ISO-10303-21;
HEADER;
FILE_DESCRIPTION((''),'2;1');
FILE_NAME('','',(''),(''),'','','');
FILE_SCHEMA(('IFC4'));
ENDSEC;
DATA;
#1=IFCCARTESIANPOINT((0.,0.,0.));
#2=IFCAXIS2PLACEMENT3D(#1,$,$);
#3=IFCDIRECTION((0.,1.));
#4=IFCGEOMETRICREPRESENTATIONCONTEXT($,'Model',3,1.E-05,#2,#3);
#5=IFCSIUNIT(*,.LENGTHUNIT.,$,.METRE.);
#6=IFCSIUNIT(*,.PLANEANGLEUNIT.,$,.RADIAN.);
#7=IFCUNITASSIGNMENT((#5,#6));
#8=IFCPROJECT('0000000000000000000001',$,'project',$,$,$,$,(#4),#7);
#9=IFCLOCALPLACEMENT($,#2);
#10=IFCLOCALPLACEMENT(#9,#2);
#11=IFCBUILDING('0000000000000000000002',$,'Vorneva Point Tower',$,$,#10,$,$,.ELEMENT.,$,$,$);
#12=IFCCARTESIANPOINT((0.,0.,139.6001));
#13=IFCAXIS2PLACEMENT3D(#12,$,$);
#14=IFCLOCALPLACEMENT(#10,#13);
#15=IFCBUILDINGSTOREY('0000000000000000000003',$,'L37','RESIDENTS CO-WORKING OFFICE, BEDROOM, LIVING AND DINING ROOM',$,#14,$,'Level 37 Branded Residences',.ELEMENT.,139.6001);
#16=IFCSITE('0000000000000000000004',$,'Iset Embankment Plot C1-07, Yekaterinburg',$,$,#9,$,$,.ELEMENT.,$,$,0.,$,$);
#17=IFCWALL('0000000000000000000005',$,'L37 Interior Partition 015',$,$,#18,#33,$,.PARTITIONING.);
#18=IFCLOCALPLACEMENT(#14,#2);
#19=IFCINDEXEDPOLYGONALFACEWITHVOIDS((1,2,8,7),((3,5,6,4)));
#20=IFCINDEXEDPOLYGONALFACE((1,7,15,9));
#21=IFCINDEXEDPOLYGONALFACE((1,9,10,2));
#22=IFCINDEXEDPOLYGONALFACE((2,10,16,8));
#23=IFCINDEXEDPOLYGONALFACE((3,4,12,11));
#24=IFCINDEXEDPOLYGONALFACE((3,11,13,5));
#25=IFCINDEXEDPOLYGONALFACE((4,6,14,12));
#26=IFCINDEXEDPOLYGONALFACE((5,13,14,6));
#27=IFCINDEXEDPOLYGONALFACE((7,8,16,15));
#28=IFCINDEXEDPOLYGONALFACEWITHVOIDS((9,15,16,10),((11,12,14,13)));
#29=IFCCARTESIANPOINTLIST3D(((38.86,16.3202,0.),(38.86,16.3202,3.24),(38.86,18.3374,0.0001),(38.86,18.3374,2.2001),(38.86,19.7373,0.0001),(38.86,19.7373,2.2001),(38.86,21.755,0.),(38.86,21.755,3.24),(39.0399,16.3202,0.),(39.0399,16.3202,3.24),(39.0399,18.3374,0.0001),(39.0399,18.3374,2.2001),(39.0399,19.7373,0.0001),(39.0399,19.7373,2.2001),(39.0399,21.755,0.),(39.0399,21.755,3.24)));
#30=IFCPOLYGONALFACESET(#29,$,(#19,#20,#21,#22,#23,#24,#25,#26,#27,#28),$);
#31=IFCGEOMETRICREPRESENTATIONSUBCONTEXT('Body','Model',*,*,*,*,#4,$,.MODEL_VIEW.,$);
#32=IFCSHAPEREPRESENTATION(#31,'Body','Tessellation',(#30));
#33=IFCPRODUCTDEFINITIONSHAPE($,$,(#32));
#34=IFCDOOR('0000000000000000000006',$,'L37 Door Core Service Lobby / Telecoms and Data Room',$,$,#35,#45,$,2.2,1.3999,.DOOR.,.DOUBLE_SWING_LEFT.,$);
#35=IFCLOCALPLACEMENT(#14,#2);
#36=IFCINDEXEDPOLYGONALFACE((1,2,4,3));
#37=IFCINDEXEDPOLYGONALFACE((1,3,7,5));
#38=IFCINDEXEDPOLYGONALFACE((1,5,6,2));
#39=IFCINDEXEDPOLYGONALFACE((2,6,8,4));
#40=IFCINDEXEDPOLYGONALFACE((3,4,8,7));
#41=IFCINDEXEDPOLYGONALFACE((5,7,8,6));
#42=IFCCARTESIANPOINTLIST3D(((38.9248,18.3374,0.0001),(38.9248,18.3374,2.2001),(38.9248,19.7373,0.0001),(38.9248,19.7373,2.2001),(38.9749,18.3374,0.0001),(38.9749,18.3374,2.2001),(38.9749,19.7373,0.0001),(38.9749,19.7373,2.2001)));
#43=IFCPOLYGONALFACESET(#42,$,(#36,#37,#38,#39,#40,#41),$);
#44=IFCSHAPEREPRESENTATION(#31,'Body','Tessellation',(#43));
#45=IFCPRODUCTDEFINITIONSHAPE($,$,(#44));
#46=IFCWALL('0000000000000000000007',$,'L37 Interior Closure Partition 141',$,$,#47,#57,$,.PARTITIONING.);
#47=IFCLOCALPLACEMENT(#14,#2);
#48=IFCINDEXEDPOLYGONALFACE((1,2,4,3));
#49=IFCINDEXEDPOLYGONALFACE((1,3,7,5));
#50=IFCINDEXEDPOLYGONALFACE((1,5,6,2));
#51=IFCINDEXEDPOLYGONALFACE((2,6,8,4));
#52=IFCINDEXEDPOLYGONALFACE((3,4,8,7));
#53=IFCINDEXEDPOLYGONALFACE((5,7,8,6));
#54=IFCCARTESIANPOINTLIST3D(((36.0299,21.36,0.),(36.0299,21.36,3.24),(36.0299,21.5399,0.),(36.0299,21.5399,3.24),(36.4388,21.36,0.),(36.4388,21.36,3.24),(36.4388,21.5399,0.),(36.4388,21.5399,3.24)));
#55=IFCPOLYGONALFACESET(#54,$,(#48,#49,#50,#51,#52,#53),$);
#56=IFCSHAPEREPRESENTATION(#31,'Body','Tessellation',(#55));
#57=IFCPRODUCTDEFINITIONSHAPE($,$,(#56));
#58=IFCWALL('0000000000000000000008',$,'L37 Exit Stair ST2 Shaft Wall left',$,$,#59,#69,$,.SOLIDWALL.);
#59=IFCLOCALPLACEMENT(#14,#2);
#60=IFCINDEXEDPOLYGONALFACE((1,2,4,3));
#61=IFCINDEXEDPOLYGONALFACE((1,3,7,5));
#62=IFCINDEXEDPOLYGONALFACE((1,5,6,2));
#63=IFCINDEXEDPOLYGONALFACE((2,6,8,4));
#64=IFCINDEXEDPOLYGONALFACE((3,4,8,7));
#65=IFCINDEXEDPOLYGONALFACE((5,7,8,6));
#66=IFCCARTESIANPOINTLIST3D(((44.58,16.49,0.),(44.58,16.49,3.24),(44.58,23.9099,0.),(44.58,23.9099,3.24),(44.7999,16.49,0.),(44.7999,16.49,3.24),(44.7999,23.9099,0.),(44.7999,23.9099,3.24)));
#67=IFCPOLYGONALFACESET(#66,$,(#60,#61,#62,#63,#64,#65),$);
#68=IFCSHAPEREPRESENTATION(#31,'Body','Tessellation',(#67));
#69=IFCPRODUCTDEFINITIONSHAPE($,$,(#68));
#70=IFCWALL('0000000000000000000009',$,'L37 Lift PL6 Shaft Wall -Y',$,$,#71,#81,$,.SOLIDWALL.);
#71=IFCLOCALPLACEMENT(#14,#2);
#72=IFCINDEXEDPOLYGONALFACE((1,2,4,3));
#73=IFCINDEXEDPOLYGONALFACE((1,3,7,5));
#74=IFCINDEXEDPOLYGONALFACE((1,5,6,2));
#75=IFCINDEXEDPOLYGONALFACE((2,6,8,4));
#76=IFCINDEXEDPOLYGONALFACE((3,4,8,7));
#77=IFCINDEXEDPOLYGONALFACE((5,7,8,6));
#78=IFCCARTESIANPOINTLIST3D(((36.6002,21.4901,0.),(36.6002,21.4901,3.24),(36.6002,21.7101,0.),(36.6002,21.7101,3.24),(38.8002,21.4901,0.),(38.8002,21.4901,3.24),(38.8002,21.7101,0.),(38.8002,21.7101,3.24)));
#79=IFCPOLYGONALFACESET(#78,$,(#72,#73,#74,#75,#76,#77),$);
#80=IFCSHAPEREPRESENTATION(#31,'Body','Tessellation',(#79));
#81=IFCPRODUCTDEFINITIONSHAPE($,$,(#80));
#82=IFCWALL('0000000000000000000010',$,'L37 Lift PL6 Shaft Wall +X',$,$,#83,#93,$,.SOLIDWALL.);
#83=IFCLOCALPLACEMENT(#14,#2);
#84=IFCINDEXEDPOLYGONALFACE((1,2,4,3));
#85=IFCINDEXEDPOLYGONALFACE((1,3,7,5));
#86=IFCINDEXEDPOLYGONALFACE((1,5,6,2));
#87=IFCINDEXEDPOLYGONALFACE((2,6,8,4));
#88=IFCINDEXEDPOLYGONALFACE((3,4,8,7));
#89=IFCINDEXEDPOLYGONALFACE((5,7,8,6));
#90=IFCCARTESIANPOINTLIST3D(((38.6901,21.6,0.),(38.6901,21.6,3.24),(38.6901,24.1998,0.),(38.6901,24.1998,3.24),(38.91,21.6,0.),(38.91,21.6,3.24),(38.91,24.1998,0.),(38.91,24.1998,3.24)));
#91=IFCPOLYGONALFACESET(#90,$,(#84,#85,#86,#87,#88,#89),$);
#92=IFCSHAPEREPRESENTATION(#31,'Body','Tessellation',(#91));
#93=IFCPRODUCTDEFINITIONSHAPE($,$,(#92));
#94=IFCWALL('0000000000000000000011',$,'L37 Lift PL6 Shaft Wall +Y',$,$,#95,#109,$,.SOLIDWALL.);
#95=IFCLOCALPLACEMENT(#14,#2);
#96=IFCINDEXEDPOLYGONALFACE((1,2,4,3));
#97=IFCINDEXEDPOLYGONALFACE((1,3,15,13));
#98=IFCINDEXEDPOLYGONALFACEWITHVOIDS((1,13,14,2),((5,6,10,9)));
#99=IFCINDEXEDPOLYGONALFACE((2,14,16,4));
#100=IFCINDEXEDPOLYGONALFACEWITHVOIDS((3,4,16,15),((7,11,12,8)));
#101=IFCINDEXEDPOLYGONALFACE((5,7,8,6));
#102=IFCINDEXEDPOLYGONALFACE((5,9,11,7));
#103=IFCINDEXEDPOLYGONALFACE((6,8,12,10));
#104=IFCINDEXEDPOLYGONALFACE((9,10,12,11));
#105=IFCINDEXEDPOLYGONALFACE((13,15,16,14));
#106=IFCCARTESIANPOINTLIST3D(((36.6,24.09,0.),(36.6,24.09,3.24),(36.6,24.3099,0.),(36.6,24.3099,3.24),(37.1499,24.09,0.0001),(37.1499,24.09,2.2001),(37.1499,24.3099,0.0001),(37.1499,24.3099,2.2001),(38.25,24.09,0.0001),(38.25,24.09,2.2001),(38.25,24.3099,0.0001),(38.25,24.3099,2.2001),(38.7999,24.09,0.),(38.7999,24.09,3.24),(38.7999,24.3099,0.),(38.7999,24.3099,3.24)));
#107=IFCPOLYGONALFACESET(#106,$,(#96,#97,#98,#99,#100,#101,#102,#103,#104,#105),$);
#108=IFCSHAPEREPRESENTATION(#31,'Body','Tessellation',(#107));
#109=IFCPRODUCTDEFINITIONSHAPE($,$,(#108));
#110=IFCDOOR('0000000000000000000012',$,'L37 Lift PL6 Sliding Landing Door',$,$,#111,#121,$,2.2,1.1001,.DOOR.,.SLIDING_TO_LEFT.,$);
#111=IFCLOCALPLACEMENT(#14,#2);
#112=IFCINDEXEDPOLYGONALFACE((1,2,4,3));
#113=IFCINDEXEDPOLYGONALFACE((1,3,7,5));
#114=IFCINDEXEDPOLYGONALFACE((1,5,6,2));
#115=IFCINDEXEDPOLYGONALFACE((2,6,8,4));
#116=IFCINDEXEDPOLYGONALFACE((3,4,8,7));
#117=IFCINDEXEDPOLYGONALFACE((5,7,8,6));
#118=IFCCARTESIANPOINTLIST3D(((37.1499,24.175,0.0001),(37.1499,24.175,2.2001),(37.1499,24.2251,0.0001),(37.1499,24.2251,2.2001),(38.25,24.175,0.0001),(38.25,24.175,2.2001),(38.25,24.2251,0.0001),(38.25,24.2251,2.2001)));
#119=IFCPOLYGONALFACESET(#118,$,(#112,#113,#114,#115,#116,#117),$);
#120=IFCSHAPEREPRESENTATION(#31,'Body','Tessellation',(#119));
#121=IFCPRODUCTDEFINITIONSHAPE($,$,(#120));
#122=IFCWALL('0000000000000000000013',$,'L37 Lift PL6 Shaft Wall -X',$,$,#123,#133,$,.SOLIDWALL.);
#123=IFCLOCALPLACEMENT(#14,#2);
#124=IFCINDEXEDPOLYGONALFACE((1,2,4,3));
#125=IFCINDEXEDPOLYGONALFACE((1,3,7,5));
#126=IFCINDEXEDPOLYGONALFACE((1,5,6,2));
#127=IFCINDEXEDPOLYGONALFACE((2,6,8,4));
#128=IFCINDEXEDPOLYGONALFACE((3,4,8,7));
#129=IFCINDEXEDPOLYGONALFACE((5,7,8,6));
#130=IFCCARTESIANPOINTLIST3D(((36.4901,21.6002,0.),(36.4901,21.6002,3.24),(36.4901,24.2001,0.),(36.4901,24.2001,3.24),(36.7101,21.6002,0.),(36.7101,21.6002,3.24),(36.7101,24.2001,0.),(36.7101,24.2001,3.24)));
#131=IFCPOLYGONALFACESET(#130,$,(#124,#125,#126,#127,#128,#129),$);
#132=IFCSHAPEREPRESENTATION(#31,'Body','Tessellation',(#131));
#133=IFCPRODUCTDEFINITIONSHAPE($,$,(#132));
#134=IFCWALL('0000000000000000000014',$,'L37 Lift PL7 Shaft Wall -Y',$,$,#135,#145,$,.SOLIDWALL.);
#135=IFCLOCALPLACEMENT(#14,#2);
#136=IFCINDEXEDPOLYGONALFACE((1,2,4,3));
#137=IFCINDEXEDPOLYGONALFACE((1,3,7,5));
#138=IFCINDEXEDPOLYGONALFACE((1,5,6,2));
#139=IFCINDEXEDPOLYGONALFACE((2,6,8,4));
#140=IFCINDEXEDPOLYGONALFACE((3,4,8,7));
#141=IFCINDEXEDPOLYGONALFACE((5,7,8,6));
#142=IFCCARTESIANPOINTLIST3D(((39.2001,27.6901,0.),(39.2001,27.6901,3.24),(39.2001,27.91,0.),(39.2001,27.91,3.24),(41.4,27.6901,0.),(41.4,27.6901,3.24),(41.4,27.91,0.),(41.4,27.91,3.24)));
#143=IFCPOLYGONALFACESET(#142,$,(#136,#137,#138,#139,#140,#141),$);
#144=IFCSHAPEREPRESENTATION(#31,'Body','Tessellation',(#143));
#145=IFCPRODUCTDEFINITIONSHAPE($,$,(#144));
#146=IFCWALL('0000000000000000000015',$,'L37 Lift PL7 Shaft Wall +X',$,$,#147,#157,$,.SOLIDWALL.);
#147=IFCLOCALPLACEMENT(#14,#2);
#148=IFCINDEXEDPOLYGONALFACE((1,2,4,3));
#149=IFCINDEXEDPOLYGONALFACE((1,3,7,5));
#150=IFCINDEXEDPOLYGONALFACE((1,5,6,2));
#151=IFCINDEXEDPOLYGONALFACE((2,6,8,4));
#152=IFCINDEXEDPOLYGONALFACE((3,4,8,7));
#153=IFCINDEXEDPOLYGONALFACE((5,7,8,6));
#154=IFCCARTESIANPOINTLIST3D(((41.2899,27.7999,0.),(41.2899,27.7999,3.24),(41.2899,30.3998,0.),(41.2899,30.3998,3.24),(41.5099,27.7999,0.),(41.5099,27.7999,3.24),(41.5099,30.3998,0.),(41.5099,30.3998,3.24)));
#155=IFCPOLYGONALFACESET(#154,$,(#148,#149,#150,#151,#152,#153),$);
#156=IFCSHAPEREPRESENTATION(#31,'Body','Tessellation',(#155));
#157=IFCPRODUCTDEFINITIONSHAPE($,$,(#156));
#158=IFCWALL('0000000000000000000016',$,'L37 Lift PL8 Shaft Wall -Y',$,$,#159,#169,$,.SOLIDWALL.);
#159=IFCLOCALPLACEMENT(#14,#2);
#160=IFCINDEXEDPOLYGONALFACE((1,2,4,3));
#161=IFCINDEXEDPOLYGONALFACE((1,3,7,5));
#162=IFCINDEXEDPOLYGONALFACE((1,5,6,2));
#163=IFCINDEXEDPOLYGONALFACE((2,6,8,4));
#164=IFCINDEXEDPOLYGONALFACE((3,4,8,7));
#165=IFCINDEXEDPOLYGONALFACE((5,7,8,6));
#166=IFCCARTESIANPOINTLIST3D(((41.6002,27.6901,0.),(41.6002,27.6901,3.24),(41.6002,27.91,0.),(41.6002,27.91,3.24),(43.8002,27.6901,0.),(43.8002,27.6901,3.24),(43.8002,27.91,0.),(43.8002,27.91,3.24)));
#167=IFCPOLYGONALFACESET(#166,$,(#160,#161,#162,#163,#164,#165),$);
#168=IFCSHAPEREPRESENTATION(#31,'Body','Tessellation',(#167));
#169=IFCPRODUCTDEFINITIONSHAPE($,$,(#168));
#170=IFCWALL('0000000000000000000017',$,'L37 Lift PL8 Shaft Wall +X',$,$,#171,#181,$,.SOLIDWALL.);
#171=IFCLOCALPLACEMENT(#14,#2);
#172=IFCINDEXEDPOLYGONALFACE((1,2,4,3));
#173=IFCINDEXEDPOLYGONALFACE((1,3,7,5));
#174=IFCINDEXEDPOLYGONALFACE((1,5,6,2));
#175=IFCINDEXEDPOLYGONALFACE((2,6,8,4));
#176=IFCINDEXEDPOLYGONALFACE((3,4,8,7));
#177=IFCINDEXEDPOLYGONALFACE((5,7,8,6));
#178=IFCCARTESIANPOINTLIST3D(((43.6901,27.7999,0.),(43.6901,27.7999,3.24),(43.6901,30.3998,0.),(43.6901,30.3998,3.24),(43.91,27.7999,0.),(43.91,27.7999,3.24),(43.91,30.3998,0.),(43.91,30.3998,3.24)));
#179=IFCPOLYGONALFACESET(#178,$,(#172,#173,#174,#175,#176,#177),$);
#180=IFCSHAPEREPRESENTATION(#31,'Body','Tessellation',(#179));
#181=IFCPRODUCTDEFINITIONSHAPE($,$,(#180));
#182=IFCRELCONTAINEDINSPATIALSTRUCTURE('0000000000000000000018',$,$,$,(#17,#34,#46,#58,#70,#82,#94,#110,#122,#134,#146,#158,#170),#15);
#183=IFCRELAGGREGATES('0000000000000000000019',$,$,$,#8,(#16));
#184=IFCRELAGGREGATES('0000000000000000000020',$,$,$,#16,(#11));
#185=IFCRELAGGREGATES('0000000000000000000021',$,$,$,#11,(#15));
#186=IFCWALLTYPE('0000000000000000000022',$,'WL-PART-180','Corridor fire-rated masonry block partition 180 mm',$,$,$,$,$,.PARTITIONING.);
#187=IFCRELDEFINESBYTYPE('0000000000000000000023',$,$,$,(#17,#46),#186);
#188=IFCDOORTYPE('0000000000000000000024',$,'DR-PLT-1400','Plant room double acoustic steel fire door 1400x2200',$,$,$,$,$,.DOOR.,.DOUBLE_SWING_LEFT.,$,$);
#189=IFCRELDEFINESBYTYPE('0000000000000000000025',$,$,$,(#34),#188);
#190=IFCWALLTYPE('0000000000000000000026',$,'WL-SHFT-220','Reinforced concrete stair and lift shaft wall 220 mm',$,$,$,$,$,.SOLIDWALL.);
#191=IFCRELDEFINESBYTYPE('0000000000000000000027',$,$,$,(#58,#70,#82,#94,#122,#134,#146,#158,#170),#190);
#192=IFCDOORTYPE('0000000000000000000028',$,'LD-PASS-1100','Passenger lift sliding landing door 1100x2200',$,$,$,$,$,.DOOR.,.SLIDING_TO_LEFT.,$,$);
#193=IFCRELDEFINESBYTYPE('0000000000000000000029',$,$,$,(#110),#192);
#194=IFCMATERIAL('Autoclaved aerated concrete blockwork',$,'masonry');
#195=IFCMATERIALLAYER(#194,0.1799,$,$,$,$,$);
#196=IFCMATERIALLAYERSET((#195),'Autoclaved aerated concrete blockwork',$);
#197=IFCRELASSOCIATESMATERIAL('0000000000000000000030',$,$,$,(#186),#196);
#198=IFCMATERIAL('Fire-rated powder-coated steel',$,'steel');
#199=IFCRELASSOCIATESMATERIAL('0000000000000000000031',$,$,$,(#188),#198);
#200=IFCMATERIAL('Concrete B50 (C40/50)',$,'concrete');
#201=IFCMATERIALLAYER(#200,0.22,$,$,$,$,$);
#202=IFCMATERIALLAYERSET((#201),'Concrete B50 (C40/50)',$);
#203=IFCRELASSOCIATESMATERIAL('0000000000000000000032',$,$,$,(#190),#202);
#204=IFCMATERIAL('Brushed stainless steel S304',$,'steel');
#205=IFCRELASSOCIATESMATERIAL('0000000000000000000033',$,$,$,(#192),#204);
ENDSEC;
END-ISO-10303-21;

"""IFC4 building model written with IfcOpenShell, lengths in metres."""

from ifc_helpers import new_model, si_unit, direction, frame, frame_2d, origin, place, context, subcontext, project, spatial, rectangle, extrude, material, layer, layer_set, type_object, element, fill, save


model = new_model("IFC4")

# Units and contexts
model_context = context("Model", 3, precision=1e-05, world=origin(), true_north=direction((0.0, 1.0)))
body_context = subcontext(model_context, "Body", "Model", "MODEL_VIEW")
ifc_project = project(units=[si_unit("LENGTHUNIT", "METRE"), si_unit("PLANEANGLEUNIT", "RADIAN")], contexts=[model_context])

# Site, building, storey
site_placement = place(None, origin())
site = spatial("IfcSite", under=ifc_project, at=site_placement, Name="Iset Embankment Plot C1-07, Yekaterinburg", CompositionType="ELEMENT", RefElevation=0.0)
building_placement = place(site_placement, origin())
building = spatial("IfcBuilding", under=site, at=building_placement, Name="Vorneva Point Tower", CompositionType="ELEMENT")
storey_placement = place(building_placement, frame((0.0, 0.0, 139.6001)))
storey = spatial("IfcBuildingStorey", under=building, at=storey_placement, Name="L37", Description="RESIDENTS CO-WORKING OFFICE, BEDROOM, LIVING AND DINING ROOM", LongName="Level 37 Branded Residences", CompositionType="ELEMENT", Elevation=139.6001)

# Shared definitions
ifc_material_1 = material(Name="Autoclaved aerated concrete blockwork", Category="masonry")
ifc_layer_1 = layer(ifc_material_1, 0.1799)
ifc_layer_set_1 = layer_set([ifc_layer_1], Name="Autoclaved aerated concrete blockwork")
wall_type_1 = type_object("IfcWallType", Name="WL-PART-180", Description="Corridor fire-rated masonry block partition 180 mm", PredefinedType="PARTITIONING", material=ifc_layer_set_1)

# Wall, opening, door
ifc_material_2 = material(Name="Fire-rated powder-coated steel", Category="steel")
wall_1_placement = place(storey_placement, frame((38.95, 21.7549, 0.0), z_axis=(0.0, 0.0, 1.0), x_axis=(0.0, -1.0, 0.0)))
wall_1 = element("IfcWall", 1, at=wall_1_placement, inside=storey, type_object=wall_type_1, Name="L37 Interior Partition 015", PredefinedType="PARTITIONING", context=body_context, shape_type="SweptSolid", body=[
    extrude(rectangle(XDim=5.4348, YDim=0.1799, at=frame_2d((2.7173, 0.0))), origin(), (0.0, 0.0, 1.0), 3.24),
])
opening_1_placement = place(wall_1_placement, frame((2.0176, 0.0, 0.0)))
opening_1 = element("IfcOpeningElement", 2, at=opening_1_placement, cuts=wall_1, PredefinedType="OPENING", context=body_context, shape_type="SweptSolid", body=[
    extrude(rectangle(XDim=1.3999, YDim=2.2, at=frame_2d((0.7, 1.1001))), frame((0.0, 0.105, 0.0), z_axis=(0.0, -1.0, 0.0), x_axis=(1.0, 0.0, 0.0)), (0.0, 0.0, 1.0), 0.2097),
])
door_type_1 = type_object("IfcDoorType", Name="DR-PLT-1400", Description="Plant room double acoustic steel fire door 1400x2200", OperationType="DOUBLE_SWING_LEFT", PredefinedType="DOOR", material=ifc_material_2)
door_1_placement = place(opening_1_placement, origin())
door_1 = element("IfcDoor", 3, at=door_1_placement, inside=storey, type_object=door_type_1, Name="L37 Door Core Service Lobby / Telecoms and Data Room", OperationType="DOUBLE_SWING_LEFT", OverallHeight=2.2, OverallWidth=1.3999, PredefinedType="DOOR", context=body_context, shape_type="SweptSolid", body=[
    extrude(rectangle(XDim=1.3999, YDim=2.2, at=frame_2d((0.7, 1.1001))), frame((0.0, 0.0249, 0.0), z_axis=(0.0, -1.0, 0.0), x_axis=(1.0, 0.0, 0.0)), (0.0, 0.0, 1.0), 0.05),
])
fill(opening_1, door_1)

# Wall
wall_2_placement = place(storey_placement, frame((36.439, 21.45, 0.0), z_axis=(0.0, 0.0, 1.0), x_axis=(-1.0, 0.0, 0.0)))
element("IfcWall", 4, at=wall_2_placement, inside=storey, type_object=wall_type_1, Name="L37 Interior Closure Partition 141", PredefinedType="PARTITIONING", context=body_context, shape_type="SweptSolid", body=[
    extrude(rectangle(XDim=0.4089, YDim=0.1799, at=frame_2d((0.2046, 0.0))), origin(), (0.0, 0.0, 1.0), 3.24),
])

# Shared definitions
ifc_material_3 = material(Name="Concrete B50 (C40/50)", Category="concrete")
ifc_layer_2 = layer(ifc_material_3, 0.22)
ifc_layer_set_2 = layer_set([ifc_layer_2], Name="Concrete B50 (C40/50)")
wall_type_2 = type_object("IfcWallType", Name="WL-SHFT-220", Description="Reinforced concrete stair and lift shaft wall 220 mm", PredefinedType="SOLIDWALL", material=ifc_layer_set_2)

# Walls
wall_3_placement = place(storey_placement, frame((44.6899, 16.49, 0.0), z_axis=(0.0, 0.0, 1.0), x_axis=(0.0, 1.0, 0.0)))
element("IfcWall", 5, at=wall_3_placement, inside=storey, type_object=wall_type_2, Name="L37 Exit Stair ST2 Shaft Wall left", PredefinedType="SOLIDWALL", context=body_context, shape_type="SweptSolid", body=[
    extrude(rectangle(XDim=7.4199, YDim=0.22, at=frame_2d((3.71, 0.0))), origin(), (0.0, 0.0, 1.0), 3.24),
])
wall_4_placement = place(storey_placement, frame((36.6001, 21.6001, 0.0), z_axis=(0.0, 0.0, 1.0), x_axis=(1.0, 0.0, 0.0)))
element("IfcWall", 6, at=wall_4_placement, inside=storey, type_object=wall_type_2, Name="L37 Lift PL6 Shaft Wall -Y", PredefinedType="SOLIDWALL", context=body_context, shape_type="SweptSolid", body=[
    extrude(rectangle(XDim=2.2, YDim=0.22, at=frame_2d((1.1001, 0.0))), origin(), (0.0, 0.0, 1.0), 3.24),
])
wall_5_placement = place(storey_placement, frame((38.8, 21.6001, 0.0), z_axis=(0.0, 0.0, 1.0), x_axis=(0.0, 1.0, 0.0)))
element("IfcWall", 7, at=wall_5_placement, inside=storey, type_object=wall_type_2, Name="L37 Lift PL6 Shaft Wall +X", PredefinedType="SOLIDWALL", context=body_context, shape_type="SweptSolid", body=[
    extrude(rectangle(XDim=2.5999, YDim=0.22, at=frame_2d((1.2998, 0.0))), origin(), (0.0, 0.0, 1.0), 3.24),
])

# Wall, opening, door
wall_6_placement = place(storey_placement, frame((38.8, 24.2, 0.0), z_axis=(0.0, 0.0, 1.0), x_axis=(-1.0, 0.0, 0.0)))
wall_6 = element("IfcWall", 8, at=wall_6_placement, inside=storey, type_object=wall_type_2, Name="L37 Lift PL6 Shaft Wall +Y", PredefinedType="SOLIDWALL", context=body_context, shape_type="SweptSolid", body=[
    extrude(rectangle(XDim=2.2, YDim=0.22, at=frame_2d((1.1001, 0.0))), origin(), (0.0, 0.0, 1.0), 3.24),
])
opening_2_placement = place(wall_6_placement, frame((0.55, 0.0, 0.0)))
opening_2 = element("IfcOpeningElement", 9, at=opening_2_placement, cuts=wall_6, PredefinedType="OPENING", context=body_context, shape_type="SweptSolid", body=[
    extrude(rectangle(XDim=1.1001, YDim=2.2, at=frame_2d((0.55, 1.1001))), frame((0.0, 0.125, 0.0), z_axis=(0.0, -1.0, 0.0), x_axis=(1.0, 0.0, 0.0)), (0.0, 0.0, 1.0), 0.2498),
])
ifc_material_4 = material(Name="Brushed stainless steel S304", Category="steel")
door_type_2 = type_object("IfcDoorType", Name="LD-PASS-1100", Description="Passenger lift sliding landing door 1100x2200", OperationType="SLIDING_TO_LEFT", PredefinedType="DOOR", material=ifc_material_4)
door_2_placement = place(opening_2_placement, origin())
door_2 = element("IfcDoor", 10, at=door_2_placement, inside=storey, type_object=door_type_2, Name="L37 Lift PL6 Sliding Landing Door", OperationType="SLIDING_TO_LEFT", OverallHeight=2.2, OverallWidth=1.1001, PredefinedType="DOOR", context=body_context, shape_type="SweptSolid", body=[
    extrude(rectangle(XDim=1.1001, YDim=2.2, at=frame_2d((0.55, 1.1001))), frame((0.0, 0.0249, 0.0), z_axis=(0.0, -1.0, 0.0), x_axis=(1.0, 0.0, 0.0)), (0.0, 0.0, 1.0), 0.05),
])
fill(opening_2, door_2)

# Walls
wall_7_placement = place(storey_placement, frame((36.6001, 24.2, 0.0), z_axis=(0.0, 0.0, 1.0), x_axis=(0.0, -1.0, 0.0)))
element("IfcWall", 11, at=wall_7_placement, inside=storey, type_object=wall_type_2, Name="L37 Lift PL6 Shaft Wall -X", PredefinedType="SOLIDWALL", context=body_context, shape_type="SweptSolid", body=[
    extrude(rectangle(XDim=2.5999, YDim=0.22, at=frame_2d((1.2998, 0.0))), origin(), (0.0, 0.0, 1.0), 3.24),
])
wall_8_placement = place(storey_placement, frame((39.2, 27.8, 0.0), z_axis=(0.0, 0.0, 1.0), x_axis=(1.0, 0.0, 0.0)))
element("IfcWall", 12, at=wall_8_placement, inside=storey, type_object=wall_type_2, Name="L37 Lift PL7 Shaft Wall -Y", PredefinedType="SOLIDWALL", context=body_context, shape_type="SweptSolid", body=[
    extrude(rectangle(XDim=2.2, YDim=0.22, at=frame_2d((1.1001, 0.0))), origin(), (0.0, 0.0, 1.0), 3.24),
])
wall_9_placement = place(storey_placement, frame((41.3999, 27.8, 0.0), z_axis=(0.0, 0.0, 1.0), x_axis=(0.0, 1.0, 0.0)))
element("IfcWall", 13, at=wall_9_placement, inside=storey, type_object=wall_type_2, Name="L37 Lift PL7 Shaft Wall +X", PredefinedType="SOLIDWALL", context=body_context, shape_type="SweptSolid", body=[
    extrude(rectangle(XDim=2.5999, YDim=0.22, at=frame_2d((1.2998, 0.0))), origin(), (0.0, 0.0, 1.0), 3.24),
])
wall_10_placement = place(storey_placement, frame((41.6001, 27.8, 0.0), z_axis=(0.0, 0.0, 1.0), x_axis=(1.0, 0.0, 0.0)))
element("IfcWall", 14, at=wall_10_placement, inside=storey, type_object=wall_type_2, Name="L37 Lift PL8 Shaft Wall -Y", PredefinedType="SOLIDWALL", context=body_context, shape_type="SweptSolid", body=[
    extrude(rectangle(XDim=2.2, YDim=0.22, at=frame_2d((1.1001, 0.0))), origin(), (0.0, 0.0, 1.0), 3.24),
])
wall_11_placement = place(storey_placement, frame((43.8, 27.8, 0.0), z_axis=(0.0, 0.0, 1.0), x_axis=(0.0, 1.0, 0.0)))
element("IfcWall", 15, at=wall_11_placement, inside=storey, type_object=wall_type_2, Name="L37 Lift PL8 Shaft Wall +X", PredefinedType="SOLIDWALL", context=body_context, shape_type="SweptSolid", body=[
    extrude(rectangle(XDim=2.5999, YDim=0.22, at=frame_2d((1.2998, 0.0))), origin(), (0.0, 0.0, 1.0), 3.24),
])

save(model, "model.ifc")
